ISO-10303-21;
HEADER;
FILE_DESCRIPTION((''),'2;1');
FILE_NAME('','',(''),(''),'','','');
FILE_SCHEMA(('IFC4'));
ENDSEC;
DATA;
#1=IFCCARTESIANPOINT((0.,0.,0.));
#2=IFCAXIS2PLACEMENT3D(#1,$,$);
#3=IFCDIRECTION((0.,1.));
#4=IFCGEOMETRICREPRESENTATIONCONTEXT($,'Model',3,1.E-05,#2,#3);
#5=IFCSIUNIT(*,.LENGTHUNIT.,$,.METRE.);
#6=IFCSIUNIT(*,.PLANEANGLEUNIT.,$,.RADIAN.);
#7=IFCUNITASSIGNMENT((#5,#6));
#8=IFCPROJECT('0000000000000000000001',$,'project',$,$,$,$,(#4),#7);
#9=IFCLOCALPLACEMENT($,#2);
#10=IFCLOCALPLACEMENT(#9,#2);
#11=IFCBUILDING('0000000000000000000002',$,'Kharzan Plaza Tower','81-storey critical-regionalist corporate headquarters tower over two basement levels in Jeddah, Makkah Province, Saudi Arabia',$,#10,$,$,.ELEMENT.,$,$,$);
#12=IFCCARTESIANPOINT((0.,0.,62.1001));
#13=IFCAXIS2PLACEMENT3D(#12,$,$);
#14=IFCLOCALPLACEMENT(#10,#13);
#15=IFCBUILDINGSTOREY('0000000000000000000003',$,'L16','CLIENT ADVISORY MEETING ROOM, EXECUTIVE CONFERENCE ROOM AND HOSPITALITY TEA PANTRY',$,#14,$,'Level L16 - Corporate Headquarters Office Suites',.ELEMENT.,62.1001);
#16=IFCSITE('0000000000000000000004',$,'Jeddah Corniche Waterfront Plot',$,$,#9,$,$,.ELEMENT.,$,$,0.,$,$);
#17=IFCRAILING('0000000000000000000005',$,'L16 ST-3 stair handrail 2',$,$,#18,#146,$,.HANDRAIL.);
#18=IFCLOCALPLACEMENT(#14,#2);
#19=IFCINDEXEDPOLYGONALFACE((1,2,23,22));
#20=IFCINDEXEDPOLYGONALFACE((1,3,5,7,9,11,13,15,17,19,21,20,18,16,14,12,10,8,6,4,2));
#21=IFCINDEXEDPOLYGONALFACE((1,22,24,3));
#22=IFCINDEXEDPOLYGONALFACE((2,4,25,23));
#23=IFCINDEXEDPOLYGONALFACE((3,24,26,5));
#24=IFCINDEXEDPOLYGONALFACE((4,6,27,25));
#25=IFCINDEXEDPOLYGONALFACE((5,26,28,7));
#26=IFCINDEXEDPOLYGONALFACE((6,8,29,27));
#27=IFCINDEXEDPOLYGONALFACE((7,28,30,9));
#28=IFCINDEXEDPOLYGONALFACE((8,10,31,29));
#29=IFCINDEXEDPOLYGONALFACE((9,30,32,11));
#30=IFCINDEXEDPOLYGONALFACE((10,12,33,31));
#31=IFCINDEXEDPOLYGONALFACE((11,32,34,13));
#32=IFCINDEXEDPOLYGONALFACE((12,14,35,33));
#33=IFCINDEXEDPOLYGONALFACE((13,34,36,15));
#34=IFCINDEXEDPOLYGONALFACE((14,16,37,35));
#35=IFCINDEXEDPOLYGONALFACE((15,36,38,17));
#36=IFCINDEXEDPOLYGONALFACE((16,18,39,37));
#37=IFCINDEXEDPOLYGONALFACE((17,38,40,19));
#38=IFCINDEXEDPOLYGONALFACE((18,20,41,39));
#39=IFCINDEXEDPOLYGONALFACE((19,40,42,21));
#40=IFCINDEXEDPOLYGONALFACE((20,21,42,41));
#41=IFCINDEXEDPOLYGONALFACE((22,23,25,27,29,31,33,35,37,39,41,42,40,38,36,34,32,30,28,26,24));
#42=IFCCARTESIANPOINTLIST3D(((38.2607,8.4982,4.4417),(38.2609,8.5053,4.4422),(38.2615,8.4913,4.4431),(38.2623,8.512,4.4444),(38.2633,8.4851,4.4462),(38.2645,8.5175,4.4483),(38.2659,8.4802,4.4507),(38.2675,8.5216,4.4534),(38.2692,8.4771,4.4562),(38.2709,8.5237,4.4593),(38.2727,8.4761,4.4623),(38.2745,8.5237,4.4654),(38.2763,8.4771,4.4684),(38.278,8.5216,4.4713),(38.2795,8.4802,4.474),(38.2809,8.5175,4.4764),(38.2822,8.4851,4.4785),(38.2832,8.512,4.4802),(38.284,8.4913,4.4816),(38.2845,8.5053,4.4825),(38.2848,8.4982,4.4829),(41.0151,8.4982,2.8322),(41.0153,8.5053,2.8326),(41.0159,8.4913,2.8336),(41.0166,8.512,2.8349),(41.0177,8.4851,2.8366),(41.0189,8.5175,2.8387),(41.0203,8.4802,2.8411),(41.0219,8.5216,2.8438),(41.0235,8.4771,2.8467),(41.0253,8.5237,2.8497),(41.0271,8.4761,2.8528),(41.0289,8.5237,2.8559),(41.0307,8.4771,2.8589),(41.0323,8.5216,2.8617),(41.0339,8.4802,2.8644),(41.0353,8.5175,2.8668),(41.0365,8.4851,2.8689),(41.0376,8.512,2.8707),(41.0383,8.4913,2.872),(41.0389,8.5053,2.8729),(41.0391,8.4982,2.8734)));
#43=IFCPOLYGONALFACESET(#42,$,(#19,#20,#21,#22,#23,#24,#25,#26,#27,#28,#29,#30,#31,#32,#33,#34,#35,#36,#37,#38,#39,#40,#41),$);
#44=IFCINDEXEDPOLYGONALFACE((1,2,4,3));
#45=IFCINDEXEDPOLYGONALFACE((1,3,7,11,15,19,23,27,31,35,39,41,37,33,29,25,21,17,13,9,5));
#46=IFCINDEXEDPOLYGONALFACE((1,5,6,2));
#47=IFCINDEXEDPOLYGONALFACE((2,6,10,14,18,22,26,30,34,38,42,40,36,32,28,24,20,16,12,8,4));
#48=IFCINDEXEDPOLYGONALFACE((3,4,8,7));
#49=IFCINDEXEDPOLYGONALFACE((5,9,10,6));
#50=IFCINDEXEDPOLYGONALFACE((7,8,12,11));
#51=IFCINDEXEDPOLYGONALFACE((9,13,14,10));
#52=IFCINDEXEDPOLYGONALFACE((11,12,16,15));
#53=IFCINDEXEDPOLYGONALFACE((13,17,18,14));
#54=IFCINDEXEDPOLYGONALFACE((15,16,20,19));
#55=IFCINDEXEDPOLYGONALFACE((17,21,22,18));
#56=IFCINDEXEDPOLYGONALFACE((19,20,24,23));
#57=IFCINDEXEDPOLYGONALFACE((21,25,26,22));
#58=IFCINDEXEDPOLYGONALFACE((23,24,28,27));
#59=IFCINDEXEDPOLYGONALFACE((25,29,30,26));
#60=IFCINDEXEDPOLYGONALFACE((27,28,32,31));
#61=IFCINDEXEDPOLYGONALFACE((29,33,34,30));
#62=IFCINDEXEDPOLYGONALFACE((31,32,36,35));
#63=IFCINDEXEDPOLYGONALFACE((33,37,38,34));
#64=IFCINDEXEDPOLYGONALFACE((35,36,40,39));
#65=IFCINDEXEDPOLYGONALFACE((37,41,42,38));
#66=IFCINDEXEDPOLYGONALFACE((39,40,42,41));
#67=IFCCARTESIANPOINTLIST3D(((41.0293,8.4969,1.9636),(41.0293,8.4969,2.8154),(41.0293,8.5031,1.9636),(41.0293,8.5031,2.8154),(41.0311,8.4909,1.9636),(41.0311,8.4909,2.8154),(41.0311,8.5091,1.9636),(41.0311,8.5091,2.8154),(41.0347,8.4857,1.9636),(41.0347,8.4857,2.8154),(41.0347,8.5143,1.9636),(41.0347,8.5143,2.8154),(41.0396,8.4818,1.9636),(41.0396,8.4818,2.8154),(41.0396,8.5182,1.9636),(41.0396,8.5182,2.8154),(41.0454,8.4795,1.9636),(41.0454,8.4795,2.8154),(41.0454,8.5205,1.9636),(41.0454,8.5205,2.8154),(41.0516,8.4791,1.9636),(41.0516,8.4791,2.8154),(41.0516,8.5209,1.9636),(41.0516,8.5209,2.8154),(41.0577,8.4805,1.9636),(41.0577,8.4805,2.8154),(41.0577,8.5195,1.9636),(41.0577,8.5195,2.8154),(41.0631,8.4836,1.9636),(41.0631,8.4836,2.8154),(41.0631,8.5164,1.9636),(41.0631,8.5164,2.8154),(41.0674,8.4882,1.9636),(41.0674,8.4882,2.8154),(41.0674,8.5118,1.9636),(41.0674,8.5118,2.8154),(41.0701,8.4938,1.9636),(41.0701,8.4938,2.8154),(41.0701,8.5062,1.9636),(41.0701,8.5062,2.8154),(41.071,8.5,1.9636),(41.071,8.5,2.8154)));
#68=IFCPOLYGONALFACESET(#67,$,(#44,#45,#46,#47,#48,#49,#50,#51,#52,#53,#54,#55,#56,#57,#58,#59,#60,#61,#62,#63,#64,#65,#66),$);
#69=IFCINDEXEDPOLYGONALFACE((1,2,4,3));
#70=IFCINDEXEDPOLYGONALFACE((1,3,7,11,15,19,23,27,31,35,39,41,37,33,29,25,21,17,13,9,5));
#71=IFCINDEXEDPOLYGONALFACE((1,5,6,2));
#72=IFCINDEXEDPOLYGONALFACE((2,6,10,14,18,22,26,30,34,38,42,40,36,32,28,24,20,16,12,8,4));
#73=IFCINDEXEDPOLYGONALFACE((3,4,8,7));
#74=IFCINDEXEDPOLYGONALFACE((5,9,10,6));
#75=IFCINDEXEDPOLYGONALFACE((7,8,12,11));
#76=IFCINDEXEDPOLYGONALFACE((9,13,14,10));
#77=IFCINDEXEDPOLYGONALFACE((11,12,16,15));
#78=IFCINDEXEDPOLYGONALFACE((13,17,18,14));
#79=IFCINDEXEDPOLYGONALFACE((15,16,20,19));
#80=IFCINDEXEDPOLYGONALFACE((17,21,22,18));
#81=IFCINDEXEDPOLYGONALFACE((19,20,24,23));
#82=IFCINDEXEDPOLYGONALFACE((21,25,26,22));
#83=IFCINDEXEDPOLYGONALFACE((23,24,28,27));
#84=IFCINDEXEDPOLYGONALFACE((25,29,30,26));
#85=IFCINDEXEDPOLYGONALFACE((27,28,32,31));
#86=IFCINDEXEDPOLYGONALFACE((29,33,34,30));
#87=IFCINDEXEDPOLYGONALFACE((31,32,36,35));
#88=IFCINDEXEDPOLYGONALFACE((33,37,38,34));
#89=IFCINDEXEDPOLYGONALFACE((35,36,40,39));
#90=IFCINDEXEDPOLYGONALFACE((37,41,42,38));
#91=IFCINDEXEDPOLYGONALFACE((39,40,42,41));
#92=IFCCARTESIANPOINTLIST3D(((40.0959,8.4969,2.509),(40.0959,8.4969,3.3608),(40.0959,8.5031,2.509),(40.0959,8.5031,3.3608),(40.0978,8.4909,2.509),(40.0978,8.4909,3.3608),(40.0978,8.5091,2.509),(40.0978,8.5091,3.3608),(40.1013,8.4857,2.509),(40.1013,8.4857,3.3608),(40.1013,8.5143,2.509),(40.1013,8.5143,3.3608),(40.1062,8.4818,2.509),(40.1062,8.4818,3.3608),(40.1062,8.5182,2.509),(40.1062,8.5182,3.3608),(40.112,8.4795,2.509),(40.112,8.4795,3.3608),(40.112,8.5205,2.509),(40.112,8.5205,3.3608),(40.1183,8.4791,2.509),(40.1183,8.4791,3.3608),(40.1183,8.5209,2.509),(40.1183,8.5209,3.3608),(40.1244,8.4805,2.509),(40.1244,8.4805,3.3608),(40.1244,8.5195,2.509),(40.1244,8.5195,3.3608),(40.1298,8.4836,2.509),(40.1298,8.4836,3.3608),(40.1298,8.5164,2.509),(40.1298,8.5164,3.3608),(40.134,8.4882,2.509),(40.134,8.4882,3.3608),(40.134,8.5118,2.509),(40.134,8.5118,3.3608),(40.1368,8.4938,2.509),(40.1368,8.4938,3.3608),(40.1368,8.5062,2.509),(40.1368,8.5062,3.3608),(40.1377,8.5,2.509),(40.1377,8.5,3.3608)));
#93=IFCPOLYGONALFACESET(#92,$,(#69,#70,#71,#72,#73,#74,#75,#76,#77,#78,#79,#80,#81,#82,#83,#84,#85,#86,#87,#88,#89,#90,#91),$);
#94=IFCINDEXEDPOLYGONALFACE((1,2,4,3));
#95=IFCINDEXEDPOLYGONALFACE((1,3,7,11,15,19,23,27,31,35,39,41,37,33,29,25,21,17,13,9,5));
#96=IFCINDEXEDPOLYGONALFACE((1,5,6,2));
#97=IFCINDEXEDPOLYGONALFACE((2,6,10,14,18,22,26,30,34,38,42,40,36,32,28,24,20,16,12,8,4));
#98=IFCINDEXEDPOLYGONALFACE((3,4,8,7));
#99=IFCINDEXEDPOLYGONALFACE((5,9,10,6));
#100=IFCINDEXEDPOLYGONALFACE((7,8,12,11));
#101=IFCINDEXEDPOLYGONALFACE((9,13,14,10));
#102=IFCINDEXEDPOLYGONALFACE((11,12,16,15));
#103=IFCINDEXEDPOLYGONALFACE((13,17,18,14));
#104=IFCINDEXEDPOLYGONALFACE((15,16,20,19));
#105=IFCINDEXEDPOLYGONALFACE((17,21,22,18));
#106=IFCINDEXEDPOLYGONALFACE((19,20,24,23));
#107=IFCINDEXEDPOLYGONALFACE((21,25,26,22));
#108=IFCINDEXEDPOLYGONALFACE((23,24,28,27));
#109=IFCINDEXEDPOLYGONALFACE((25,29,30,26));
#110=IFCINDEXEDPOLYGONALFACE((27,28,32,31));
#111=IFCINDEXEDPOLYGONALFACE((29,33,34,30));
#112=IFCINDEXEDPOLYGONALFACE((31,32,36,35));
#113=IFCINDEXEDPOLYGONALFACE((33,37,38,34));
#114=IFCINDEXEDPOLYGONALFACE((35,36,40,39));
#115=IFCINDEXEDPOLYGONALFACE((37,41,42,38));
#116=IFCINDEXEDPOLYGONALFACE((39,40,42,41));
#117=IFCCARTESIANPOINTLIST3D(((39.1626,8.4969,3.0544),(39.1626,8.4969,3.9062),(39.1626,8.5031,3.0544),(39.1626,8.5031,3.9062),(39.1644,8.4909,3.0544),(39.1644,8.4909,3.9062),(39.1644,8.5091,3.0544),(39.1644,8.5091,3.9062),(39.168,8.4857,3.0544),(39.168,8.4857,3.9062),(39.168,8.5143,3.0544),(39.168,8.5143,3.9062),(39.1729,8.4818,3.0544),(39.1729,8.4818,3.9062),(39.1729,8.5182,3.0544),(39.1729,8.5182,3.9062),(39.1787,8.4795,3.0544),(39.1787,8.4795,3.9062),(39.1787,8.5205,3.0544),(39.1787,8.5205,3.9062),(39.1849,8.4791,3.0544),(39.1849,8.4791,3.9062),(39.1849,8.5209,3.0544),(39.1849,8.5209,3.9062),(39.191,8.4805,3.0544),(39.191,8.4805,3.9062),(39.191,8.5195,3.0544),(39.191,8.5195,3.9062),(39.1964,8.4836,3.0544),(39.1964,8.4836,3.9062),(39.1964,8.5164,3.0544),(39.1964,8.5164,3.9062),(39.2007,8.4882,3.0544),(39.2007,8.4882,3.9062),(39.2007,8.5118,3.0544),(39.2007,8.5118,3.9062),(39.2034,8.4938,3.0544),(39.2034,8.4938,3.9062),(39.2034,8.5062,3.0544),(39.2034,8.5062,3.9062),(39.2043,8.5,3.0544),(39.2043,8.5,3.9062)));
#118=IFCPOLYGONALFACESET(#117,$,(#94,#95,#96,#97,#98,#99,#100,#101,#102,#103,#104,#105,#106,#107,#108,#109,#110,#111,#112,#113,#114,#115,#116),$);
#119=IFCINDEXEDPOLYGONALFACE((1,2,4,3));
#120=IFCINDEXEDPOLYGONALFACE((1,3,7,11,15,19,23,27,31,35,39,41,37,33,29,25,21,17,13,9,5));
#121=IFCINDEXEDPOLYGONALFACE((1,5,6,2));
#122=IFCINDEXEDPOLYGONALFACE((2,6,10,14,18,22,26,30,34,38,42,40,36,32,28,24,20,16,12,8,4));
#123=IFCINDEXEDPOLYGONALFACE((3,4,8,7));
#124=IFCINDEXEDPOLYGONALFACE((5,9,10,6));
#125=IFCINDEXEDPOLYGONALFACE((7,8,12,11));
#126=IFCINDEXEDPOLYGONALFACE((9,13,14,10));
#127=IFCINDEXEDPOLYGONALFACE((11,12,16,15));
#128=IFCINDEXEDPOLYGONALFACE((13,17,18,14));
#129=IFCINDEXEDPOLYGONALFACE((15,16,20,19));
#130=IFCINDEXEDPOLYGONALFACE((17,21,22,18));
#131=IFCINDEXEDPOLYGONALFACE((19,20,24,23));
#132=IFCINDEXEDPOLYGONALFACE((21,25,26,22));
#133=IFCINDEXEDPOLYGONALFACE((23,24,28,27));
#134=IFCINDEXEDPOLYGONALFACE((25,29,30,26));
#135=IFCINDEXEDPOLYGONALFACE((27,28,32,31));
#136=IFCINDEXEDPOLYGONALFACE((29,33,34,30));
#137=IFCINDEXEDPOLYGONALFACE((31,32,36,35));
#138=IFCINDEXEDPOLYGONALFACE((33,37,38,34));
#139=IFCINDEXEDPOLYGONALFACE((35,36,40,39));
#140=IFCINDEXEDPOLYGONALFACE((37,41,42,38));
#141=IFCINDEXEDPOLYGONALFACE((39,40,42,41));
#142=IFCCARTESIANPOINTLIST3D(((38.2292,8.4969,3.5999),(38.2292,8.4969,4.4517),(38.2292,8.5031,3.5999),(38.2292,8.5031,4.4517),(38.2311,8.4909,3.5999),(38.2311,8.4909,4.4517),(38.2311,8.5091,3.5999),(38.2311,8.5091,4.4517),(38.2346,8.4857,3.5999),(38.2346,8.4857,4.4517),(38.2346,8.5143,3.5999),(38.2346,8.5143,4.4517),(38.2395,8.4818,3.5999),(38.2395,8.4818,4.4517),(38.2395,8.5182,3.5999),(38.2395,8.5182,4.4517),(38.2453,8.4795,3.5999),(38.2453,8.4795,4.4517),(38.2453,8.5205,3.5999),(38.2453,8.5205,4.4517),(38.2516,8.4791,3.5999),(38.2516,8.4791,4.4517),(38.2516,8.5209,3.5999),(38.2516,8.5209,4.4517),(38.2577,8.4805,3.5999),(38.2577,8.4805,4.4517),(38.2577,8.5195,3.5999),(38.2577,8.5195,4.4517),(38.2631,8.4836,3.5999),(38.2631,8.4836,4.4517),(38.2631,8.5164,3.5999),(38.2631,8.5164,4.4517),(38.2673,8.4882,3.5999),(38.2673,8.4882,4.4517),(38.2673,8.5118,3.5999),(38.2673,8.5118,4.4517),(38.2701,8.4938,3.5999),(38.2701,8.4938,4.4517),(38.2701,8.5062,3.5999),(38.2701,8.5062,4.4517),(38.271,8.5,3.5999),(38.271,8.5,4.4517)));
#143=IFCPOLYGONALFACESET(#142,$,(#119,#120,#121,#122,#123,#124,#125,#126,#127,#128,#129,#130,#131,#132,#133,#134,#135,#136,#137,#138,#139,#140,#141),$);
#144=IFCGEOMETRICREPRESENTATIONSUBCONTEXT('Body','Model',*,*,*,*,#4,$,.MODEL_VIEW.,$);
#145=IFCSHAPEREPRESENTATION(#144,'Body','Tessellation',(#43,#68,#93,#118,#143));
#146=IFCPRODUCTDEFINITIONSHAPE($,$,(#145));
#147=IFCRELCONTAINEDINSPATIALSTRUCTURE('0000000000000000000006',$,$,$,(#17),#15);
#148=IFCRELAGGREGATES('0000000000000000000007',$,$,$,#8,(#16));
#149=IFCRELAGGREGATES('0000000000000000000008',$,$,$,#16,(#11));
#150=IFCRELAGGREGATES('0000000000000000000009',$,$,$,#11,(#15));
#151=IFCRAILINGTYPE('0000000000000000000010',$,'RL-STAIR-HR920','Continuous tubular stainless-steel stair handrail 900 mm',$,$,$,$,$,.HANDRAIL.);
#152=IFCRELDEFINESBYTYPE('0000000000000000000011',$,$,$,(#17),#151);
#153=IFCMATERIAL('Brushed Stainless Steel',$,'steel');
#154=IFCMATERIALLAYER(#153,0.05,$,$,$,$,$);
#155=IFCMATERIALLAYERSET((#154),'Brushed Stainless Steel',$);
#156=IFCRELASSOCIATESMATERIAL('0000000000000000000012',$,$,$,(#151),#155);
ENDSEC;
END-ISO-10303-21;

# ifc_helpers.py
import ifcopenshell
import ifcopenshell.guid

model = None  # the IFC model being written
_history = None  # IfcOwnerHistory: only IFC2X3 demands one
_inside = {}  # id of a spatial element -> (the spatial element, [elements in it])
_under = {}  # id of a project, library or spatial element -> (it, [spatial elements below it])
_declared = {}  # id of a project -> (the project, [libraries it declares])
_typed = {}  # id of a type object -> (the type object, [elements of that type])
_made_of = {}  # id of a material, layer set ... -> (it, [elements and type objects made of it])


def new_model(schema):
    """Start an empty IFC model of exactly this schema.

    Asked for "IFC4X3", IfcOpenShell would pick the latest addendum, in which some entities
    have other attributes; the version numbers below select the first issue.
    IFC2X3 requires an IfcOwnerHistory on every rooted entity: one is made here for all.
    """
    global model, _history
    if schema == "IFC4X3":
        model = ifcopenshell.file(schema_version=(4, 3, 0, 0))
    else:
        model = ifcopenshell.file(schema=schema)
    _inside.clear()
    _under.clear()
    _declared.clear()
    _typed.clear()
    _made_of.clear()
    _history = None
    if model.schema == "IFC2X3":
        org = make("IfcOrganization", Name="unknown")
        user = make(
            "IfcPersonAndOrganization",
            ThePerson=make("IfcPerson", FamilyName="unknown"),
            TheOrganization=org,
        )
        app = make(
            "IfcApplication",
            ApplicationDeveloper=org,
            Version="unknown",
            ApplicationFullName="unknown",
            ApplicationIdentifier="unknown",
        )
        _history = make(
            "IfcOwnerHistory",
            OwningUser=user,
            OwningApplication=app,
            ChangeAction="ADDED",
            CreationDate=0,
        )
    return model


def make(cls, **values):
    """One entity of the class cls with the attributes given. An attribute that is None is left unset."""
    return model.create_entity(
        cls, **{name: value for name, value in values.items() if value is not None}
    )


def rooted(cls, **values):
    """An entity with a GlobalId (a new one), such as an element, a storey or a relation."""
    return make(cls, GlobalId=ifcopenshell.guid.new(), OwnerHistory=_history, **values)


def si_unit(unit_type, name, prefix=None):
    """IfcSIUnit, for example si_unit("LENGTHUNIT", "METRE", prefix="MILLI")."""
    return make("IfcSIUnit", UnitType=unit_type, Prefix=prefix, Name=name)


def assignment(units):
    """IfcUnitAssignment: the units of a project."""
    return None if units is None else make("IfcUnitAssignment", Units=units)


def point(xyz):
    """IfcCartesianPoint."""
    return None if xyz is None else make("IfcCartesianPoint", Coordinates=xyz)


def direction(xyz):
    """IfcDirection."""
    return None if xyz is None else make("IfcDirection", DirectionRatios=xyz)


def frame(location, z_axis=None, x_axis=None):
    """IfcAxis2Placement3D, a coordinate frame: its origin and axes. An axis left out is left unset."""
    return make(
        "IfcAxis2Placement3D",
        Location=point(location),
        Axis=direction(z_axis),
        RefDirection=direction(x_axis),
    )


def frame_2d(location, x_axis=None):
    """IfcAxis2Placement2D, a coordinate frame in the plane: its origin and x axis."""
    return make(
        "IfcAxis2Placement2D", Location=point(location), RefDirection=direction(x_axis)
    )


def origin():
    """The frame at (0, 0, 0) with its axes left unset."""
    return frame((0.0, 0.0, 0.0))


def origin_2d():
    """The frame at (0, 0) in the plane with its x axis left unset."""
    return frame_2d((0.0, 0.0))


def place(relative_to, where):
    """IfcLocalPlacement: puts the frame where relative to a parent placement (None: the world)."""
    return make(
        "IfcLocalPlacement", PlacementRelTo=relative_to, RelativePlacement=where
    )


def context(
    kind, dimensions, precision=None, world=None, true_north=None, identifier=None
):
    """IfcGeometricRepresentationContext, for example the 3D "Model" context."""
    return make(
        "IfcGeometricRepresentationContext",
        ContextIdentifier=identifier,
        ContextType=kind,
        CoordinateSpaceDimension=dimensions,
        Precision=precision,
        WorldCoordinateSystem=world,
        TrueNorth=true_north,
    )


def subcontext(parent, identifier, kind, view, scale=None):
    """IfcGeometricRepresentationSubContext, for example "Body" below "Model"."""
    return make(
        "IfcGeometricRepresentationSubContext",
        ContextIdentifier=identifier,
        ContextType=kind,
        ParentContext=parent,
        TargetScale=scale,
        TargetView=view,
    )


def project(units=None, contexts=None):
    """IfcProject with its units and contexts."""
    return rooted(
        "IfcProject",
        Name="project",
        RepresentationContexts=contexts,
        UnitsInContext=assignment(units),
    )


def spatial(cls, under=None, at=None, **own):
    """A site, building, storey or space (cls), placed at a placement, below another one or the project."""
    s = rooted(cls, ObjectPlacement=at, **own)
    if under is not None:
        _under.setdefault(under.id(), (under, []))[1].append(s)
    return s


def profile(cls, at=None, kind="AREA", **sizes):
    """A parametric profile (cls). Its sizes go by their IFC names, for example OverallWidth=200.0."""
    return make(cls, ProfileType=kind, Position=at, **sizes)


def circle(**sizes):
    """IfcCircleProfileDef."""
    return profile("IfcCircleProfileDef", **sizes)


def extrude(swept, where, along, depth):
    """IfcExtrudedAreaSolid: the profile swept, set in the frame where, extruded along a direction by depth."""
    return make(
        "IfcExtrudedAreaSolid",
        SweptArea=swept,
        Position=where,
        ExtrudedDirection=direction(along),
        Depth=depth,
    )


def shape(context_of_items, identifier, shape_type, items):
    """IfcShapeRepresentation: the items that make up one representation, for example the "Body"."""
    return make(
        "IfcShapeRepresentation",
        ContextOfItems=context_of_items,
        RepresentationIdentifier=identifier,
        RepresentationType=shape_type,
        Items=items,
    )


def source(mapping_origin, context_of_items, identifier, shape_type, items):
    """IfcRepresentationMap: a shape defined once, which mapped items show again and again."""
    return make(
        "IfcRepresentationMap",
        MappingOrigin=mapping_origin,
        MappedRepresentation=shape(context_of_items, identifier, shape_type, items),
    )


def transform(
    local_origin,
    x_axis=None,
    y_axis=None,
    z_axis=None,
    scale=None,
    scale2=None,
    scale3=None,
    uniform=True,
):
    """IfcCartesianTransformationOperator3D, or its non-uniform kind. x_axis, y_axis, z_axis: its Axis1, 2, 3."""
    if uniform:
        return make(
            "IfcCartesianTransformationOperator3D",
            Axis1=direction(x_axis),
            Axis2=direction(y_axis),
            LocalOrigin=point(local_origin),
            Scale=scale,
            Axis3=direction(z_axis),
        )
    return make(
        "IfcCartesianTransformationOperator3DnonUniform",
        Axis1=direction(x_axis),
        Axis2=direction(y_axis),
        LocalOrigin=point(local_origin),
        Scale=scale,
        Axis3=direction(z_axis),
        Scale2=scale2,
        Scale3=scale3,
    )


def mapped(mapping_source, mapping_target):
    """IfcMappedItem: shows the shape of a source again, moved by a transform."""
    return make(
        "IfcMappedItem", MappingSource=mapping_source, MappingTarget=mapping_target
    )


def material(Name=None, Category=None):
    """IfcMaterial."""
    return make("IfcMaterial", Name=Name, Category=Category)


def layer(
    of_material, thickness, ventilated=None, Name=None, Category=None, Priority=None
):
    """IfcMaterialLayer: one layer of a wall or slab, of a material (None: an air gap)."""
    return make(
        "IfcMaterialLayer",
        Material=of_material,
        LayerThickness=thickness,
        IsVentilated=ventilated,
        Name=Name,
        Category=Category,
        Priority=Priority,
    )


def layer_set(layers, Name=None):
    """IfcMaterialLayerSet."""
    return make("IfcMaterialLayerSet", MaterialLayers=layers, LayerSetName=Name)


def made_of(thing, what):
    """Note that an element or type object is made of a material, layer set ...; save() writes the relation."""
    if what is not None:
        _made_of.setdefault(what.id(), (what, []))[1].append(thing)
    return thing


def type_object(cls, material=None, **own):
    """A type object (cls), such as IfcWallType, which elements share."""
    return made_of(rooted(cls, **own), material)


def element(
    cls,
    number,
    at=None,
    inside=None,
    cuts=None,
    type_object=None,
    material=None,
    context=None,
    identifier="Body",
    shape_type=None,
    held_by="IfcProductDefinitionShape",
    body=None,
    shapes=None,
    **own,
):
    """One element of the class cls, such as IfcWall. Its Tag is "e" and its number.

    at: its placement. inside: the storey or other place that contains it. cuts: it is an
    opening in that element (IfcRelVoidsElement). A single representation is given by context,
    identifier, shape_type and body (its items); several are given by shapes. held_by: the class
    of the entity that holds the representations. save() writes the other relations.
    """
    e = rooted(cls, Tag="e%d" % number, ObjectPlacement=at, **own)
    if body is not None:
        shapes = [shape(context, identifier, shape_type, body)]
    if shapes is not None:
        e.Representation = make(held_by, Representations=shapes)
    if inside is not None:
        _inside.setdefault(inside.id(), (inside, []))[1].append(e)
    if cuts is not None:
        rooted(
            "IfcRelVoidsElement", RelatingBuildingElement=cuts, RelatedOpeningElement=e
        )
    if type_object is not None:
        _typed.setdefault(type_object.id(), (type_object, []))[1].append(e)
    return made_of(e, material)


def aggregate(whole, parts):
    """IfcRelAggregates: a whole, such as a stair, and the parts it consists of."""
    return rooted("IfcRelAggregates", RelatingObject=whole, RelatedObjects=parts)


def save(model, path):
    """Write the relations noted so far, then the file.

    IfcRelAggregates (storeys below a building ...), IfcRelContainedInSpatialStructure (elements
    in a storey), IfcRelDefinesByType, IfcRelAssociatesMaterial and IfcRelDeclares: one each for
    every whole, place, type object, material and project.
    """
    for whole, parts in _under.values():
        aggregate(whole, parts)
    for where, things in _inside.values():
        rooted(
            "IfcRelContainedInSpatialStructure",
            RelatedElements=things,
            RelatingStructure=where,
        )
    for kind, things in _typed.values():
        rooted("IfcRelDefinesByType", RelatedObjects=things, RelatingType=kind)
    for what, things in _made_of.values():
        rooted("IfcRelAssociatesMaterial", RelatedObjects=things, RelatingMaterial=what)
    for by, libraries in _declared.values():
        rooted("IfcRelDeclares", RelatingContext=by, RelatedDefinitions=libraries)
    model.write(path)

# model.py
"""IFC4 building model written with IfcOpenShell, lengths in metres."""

from ifc_helpers import new_model, si_unit, direction, frame, origin, origin_2d, place, context, subcontext, project, spatial, circle, extrude, source, transform, mapped, material, layer, layer_set, type_object, element, save


model = new_model("IFC4")

# Units and contexts
model_context = context("Model", 3, precision=1e-05, world=origin(), true_north=direction((0.0, 1.0)))
body_context = subcontext(model_context, "Body", "Model", "MODEL_VIEW")
ifc_project = project(units=[si_unit("LENGTHUNIT", "METRE"), si_unit("PLANEANGLEUNIT", "RADIAN")], contexts=[model_context])

# Site, building, storey
site_placement = place(None, origin())
site = spatial("IfcSite", under=ifc_project, at=site_placement, Name="Jeddah Corniche Waterfront Plot", CompositionType="ELEMENT", RefElevation=0.0)
building_placement = place(site_placement, origin())
building = spatial("IfcBuilding", under=site, at=building_placement, Name="Kharzan Plaza Tower", Description="81-storey critical-regionalist corporate headquarters tower over two basement levels in Jeddah, Makkah Province, Saudi Arabia", CompositionType="ELEMENT")
storey_placement = place(building_placement, frame((0.0, 0.0, 62.1001)))
storey = spatial("IfcBuildingStorey", under=building, at=storey_placement, Name="L16", Description="CLIENT ADVISORY MEETING ROOM, EXECUTIVE CONFERENCE ROOM AND HOSPITALITY TEA PANTRY", LongName="Level L16 - Corporate Headquarters Office Suites", CompositionType="ELEMENT", Elevation=62.1001)

# Shared definitions
ifc_material_1 = material(Name="Brushed Stainless Steel", Category="steel")

# Railing
ifc_layer_1 = layer(ifc_material_1, 0.05)
ifc_layer_set_1 = layer_set([ifc_layer_1], Name="Brushed Stainless Steel")
railing_type_1 = type_object("IfcRailingType", Name="RL-STAIR-HR920", Description="Continuous tubular stainless-steel stair handrail 900 mm", PredefinedType="HANDRAIL", material=ifc_layer_set_1)
shared_shape_1 = source(origin(), body_context, "Body", "SweptSolid", [
    extrude(circle(Radius=0.0239, at=origin_2d()), frame((-0.0229, 0.0, 0.8892), z_axis=(-0.863394, 0.0, 0.504531), x_axis=(0.0, -1.0, 0.0)), (0.0, 0.0, 1.0), 3.1902),
    extrude(circle(Radius=0.021, at=origin_2d()), origin(), (0.0, 0.0, 1.0), 0.8518),
    extrude(circle(Radius=0.021, at=origin_2d()), frame((-0.9333, 0.0, 0.5454)), (0.0, 0.0, 1.0), 0.8518),
    extrude(circle(Radius=0.021, at=origin_2d()), frame((-1.8667, 0.0, 1.0908)), (0.0, 0.0, 1.0), 0.8518),
    extrude(circle(Radius=0.021, at=origin_2d()), frame((-2.8, 0.0, 1.6362)), (0.0, 0.0, 1.0), 0.8518),
])
railing_1_placement = place(storey_placement, frame((41.05, 8.5, 1.9636)))
element("IfcRailing", 1, at=railing_1_placement, inside=storey, type_object=railing_type_1, Name="L16 ST-3 stair handrail 2", PredefinedType="HANDRAIL", context=body_context, shape_type="MappedRepresentation", body=[
    mapped(shared_shape_1, transform((0.0, 0.0, 0.0), x_axis=(1.0, 0.0, 0.0), y_axis=(0.0, 1.0, 0.0), z_axis=(0.0, 0.0, 1.0))),
])

save(model, "model.ifc")
